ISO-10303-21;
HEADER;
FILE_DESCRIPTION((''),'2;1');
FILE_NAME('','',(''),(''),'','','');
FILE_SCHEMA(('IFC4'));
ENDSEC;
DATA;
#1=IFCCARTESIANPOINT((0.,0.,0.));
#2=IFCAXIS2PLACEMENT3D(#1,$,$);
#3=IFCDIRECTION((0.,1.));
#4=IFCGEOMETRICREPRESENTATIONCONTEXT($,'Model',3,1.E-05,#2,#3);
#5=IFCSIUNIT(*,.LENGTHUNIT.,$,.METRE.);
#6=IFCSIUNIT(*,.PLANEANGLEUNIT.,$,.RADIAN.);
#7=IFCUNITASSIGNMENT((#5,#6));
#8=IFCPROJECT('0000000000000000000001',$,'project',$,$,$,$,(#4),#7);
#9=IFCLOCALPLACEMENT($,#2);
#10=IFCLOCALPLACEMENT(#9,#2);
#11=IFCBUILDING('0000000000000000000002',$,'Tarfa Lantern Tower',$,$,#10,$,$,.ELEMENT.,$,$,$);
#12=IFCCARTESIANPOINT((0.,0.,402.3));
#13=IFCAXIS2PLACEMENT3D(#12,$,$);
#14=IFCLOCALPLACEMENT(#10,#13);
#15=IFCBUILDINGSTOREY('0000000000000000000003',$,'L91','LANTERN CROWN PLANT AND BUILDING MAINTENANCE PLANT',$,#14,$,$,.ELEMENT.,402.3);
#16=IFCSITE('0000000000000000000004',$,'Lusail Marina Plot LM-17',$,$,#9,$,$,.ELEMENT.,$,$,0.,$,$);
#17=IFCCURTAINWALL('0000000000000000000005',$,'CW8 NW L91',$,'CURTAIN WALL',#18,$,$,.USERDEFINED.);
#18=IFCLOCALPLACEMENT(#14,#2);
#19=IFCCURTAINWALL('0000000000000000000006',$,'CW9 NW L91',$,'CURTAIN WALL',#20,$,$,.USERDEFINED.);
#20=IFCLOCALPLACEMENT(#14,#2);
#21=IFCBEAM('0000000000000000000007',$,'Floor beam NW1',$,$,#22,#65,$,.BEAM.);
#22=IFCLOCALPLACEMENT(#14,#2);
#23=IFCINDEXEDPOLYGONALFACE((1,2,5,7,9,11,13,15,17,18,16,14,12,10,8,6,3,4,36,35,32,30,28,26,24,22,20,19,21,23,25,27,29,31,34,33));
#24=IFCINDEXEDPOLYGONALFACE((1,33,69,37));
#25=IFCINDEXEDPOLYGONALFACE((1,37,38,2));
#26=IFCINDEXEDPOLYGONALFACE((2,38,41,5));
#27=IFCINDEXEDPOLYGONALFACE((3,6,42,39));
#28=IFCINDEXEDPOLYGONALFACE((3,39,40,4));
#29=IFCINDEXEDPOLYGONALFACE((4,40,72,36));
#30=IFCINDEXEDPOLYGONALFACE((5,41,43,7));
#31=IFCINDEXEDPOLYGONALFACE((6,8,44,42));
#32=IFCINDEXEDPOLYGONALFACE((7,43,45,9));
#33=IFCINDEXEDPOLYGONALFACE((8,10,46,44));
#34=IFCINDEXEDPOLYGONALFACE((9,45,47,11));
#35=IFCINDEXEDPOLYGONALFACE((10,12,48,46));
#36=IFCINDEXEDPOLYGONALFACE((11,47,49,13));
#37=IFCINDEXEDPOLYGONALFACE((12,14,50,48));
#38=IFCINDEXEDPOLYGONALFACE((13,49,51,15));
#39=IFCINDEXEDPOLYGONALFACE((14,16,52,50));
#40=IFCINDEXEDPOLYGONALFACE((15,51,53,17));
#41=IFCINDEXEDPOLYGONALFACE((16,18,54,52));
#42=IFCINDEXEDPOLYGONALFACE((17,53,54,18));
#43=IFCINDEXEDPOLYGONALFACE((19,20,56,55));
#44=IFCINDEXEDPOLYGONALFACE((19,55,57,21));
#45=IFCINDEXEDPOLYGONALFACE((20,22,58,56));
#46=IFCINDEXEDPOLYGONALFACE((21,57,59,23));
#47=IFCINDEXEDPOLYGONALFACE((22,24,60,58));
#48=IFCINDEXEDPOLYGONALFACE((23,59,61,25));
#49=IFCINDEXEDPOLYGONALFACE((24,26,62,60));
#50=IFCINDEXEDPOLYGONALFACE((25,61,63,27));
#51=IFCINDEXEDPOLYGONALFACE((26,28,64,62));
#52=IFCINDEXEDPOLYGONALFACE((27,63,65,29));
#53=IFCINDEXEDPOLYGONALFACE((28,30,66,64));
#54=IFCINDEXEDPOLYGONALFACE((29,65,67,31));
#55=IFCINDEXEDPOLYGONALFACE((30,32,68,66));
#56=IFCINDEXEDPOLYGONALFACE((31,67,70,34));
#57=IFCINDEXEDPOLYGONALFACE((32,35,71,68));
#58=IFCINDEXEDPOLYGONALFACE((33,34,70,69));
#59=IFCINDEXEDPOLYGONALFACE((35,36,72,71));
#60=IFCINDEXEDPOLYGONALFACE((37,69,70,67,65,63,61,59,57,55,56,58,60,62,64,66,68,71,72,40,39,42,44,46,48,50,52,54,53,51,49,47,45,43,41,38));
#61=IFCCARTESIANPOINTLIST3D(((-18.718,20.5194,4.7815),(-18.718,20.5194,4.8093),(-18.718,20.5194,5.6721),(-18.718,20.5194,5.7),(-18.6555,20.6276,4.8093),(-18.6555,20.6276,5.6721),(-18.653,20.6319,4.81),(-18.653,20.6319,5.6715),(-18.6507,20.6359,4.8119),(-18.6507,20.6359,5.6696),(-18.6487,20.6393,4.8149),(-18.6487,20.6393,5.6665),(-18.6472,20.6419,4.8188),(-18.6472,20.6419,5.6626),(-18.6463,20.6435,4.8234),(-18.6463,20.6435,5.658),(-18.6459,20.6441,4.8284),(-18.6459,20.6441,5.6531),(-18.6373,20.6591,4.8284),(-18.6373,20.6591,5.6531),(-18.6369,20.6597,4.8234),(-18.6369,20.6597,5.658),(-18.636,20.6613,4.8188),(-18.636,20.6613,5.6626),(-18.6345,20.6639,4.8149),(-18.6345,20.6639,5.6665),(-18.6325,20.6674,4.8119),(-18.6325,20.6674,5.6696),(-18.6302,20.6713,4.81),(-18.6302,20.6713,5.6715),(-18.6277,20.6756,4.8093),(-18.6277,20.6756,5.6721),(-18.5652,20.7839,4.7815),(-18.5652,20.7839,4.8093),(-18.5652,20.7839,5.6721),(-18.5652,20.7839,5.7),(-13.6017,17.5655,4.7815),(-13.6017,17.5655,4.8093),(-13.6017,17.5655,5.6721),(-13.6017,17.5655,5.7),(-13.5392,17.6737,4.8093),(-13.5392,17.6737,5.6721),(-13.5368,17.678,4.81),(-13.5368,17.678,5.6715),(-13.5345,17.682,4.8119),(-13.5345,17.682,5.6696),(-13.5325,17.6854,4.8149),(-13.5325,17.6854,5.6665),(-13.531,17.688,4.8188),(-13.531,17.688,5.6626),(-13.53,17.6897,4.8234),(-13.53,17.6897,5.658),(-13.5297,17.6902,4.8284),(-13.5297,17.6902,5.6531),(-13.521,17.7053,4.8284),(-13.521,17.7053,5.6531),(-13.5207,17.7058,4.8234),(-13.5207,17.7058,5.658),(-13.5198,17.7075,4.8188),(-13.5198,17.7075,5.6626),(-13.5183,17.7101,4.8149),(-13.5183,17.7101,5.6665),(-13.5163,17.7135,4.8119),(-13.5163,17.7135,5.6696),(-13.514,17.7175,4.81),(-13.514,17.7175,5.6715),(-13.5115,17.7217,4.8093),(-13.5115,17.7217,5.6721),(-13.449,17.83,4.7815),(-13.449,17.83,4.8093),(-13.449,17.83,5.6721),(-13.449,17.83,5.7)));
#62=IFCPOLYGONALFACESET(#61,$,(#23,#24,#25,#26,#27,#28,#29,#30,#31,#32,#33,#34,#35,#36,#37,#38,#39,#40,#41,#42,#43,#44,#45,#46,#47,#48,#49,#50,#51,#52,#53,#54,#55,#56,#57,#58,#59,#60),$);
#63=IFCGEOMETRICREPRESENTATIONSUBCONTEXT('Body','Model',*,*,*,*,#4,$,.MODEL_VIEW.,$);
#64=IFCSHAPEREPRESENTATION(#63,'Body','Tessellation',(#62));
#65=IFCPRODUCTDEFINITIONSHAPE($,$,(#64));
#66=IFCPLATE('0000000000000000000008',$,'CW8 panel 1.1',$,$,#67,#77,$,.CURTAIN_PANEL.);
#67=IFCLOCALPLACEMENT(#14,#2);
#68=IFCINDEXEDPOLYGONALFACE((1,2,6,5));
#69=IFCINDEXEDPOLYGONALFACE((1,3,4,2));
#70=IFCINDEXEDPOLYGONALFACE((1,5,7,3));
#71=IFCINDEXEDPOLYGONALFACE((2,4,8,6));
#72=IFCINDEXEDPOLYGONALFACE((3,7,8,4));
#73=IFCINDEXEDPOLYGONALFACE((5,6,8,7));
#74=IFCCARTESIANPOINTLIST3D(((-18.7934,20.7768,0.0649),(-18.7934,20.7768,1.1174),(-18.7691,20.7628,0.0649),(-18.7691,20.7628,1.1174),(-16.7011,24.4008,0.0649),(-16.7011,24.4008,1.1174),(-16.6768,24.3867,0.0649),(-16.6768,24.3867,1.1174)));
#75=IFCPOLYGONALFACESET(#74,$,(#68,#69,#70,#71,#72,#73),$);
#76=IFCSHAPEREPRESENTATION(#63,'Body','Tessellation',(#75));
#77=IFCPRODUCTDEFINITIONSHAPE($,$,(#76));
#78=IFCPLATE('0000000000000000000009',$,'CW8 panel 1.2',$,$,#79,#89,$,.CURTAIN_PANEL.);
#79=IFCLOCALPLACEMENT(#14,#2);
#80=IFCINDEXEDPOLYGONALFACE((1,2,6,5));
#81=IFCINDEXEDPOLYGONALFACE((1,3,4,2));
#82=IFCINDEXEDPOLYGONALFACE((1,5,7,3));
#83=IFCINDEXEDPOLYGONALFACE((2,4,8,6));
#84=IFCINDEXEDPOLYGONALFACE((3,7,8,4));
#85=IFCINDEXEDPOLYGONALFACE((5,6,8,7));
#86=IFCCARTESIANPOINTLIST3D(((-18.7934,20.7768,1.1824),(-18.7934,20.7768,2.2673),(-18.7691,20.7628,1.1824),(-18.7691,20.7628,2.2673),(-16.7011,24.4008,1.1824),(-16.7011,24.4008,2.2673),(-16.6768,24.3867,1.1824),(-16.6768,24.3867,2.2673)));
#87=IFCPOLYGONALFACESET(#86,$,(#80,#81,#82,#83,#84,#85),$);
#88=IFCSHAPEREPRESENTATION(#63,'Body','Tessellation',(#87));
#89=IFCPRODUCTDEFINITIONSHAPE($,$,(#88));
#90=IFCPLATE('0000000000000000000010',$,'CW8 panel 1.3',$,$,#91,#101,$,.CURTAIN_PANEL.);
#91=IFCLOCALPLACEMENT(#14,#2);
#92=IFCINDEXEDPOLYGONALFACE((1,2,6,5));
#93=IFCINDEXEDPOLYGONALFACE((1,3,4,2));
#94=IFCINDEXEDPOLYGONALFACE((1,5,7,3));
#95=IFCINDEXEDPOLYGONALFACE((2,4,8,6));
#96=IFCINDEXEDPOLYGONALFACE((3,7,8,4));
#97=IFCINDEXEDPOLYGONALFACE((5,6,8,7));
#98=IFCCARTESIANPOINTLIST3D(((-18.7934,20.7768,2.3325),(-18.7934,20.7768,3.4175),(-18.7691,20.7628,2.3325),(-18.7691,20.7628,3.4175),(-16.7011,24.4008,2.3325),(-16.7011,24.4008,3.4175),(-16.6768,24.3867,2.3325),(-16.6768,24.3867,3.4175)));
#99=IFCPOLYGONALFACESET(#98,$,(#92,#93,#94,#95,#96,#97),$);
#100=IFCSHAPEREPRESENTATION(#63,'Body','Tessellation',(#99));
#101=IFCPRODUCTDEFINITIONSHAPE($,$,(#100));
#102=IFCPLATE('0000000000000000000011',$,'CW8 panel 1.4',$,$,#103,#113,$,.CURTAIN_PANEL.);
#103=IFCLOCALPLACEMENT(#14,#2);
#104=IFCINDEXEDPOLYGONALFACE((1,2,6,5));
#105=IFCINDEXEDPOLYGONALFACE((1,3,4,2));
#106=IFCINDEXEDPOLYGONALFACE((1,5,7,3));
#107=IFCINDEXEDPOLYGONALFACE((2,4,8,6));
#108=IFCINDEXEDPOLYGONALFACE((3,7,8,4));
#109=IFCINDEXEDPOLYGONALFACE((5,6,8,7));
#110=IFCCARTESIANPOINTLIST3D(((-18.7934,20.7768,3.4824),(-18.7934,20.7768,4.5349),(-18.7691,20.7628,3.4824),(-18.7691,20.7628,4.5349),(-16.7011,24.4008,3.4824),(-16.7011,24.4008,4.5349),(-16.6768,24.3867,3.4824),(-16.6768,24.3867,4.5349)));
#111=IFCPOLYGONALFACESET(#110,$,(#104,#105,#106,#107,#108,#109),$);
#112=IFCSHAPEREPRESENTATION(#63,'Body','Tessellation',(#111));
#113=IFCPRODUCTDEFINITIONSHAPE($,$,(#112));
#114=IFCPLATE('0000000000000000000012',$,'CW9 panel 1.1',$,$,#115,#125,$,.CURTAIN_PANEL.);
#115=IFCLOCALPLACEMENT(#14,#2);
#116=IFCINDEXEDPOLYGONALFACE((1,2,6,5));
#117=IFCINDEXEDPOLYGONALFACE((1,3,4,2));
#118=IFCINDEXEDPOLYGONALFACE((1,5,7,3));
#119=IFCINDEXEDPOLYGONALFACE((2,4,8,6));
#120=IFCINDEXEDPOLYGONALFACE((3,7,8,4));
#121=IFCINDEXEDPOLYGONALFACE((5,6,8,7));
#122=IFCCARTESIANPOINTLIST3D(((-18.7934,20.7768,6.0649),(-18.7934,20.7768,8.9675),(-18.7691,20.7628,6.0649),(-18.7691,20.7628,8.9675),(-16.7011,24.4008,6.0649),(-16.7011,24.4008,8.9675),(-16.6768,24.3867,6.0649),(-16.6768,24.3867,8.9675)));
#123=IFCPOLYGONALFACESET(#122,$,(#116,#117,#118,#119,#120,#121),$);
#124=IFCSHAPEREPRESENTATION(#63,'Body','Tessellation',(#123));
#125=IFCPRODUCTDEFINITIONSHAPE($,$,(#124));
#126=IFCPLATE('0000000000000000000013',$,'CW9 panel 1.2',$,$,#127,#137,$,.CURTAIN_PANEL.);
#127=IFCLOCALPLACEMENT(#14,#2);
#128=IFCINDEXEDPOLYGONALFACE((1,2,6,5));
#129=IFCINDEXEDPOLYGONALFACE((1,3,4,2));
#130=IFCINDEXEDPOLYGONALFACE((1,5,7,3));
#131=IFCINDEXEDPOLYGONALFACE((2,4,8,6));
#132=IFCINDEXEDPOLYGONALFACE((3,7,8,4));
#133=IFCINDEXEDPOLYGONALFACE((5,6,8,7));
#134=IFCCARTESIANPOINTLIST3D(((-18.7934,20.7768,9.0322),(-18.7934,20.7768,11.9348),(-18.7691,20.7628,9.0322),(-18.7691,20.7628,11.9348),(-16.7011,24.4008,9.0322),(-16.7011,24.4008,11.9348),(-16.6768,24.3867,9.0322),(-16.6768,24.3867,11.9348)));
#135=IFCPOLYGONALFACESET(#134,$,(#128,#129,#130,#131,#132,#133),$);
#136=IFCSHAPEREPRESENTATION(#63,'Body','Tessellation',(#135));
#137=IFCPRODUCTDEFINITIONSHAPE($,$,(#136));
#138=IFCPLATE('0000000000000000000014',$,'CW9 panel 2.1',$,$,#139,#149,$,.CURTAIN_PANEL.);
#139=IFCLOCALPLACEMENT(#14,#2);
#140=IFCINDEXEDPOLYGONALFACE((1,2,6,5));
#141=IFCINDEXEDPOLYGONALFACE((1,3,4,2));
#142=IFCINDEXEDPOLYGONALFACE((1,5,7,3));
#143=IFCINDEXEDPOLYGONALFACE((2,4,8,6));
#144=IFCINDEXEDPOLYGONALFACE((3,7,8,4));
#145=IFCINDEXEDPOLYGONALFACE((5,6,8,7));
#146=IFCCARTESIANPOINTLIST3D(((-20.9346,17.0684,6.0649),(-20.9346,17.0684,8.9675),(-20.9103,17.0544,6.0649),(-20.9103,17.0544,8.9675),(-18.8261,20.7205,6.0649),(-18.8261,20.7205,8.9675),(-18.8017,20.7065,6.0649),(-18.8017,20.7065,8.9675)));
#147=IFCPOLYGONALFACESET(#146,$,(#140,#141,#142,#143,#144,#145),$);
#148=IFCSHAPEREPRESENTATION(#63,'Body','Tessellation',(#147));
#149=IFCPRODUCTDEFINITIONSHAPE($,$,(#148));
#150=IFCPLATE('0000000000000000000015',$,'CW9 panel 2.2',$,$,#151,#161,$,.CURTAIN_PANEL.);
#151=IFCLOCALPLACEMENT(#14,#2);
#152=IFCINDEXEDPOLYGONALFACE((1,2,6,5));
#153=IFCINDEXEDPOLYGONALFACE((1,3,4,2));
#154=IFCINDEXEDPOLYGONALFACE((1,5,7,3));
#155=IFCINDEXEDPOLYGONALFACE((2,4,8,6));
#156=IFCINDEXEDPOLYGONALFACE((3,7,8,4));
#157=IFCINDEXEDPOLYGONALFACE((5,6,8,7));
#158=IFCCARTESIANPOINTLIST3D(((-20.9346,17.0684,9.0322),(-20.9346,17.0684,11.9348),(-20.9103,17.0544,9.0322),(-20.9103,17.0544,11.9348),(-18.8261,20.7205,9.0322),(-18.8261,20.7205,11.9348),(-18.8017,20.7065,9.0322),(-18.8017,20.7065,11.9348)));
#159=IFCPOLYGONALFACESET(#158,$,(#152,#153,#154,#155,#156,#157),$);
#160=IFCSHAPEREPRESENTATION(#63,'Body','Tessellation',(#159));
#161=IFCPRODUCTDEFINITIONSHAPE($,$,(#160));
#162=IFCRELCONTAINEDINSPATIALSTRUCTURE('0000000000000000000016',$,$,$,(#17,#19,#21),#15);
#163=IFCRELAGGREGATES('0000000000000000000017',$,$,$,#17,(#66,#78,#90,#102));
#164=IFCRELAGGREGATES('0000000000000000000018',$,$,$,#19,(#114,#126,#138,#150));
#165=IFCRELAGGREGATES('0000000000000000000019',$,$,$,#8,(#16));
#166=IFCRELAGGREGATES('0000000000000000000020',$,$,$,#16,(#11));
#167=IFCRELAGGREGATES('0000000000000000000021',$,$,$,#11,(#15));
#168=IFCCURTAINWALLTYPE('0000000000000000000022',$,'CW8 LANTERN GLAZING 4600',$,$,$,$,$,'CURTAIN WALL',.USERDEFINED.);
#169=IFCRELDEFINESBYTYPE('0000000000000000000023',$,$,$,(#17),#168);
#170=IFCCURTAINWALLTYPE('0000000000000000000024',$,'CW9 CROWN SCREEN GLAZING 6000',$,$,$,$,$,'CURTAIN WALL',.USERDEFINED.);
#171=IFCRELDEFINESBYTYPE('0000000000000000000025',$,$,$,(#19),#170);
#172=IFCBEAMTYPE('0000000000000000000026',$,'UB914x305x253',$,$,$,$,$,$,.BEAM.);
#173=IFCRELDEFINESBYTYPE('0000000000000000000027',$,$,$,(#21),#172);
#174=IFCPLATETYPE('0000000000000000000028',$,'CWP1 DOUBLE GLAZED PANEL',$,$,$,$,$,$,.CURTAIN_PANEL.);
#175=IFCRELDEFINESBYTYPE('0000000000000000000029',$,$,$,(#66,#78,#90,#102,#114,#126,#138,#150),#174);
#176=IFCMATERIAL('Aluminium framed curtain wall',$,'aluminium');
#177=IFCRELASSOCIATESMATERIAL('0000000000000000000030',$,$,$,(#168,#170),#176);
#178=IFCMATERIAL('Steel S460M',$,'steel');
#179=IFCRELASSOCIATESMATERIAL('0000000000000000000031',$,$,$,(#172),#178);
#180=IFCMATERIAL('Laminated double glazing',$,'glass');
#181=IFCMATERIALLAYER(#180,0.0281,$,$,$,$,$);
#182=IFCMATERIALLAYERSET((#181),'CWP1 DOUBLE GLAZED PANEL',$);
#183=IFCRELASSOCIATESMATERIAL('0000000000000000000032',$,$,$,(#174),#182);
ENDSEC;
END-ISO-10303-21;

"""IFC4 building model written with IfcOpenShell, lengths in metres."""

from ifc_helpers import new_model, si_unit, direction, frame, origin, origin_2d, place, context, subcontext, project, spatial, rectangle, i_section, extrude, material, layer, layer_set, material_profile, profile_set, type_object, element, aggregate, save


model = new_model("IFC4")

# Units and contexts
model_context = context("Model", 3, precision=1e-05, world=origin(), true_north=direction((0.0, 1.0)))
body_context = subcontext(model_context, "Body", "Model", "MODEL_VIEW")
ifc_project = project(units=[si_unit("LENGTHUNIT", "METRE"), si_unit("PLANEANGLEUNIT", "RADIAN")], contexts=[model_context])

# Site, building, storey
site_placement = place(None, origin())
site = spatial("IfcSite", under=ifc_project, at=site_placement, Name="Lusail Marina Plot LM-17", CompositionType="ELEMENT", RefElevation=0.0)
building_placement = place(site_placement, origin())
building = spatial("IfcBuilding", under=site, at=building_placement, Name="Tarfa Lantern Tower", CompositionType="ELEMENT")
storey_placement = place(building_placement, frame((0.0, 0.0, 402.3)))
storey = spatial("IfcBuildingStorey", under=building, at=storey_placement, Name="L91", Description="LANTERN CROWN PLANT AND BUILDING MAINTENANCE PLANT", CompositionType="ELEMENT", Elevation=402.3)

# Curtain walls
ifc_material_1 = material(Name="Aluminium framed curtain wall", Category="aluminium")
curtain_wall_type_1 = type_object("IfcCurtainWallType", Name="CW8 LANTERN GLAZING 4600", ElementType="CURTAIN WALL", PredefinedType="USERDEFINED", material=ifc_material_1)
curtain_wall_1_placement = place(storey_placement, origin())
curtain_wall_1 = element("IfcCurtainWall", 1, at=curtain_wall_1_placement, inside=storey, type_object=curtain_wall_type_1, Name="CW8 NW L91", ObjectType="CURTAIN WALL", PredefinedType="USERDEFINED")
curtain_wall_type_2 = type_object("IfcCurtainWallType", Name="CW9 CROWN SCREEN GLAZING 6000", ElementType="CURTAIN WALL", PredefinedType="USERDEFINED", material=ifc_material_1)
curtain_wall_2_placement = place(storey_placement, origin())
curtain_wall_2 = element("IfcCurtainWall", 2, at=curtain_wall_2_placement, inside=storey, type_object=curtain_wall_type_2, Name="CW9 NW L91", ObjectType="CURTAIN WALL", PredefinedType="USERDEFINED")

# Beam
ifc_material_2 = material(Name="Steel S460M", Category="steel")
ifc_material_profile_1 = material_profile(ifc_material_2, i_section(OverallWidth=0.3054, OverallDepth=0.9185, WebThickness=0.0173, FlangeThickness=0.0278, FilletRadius=0.019, at=origin_2d()), Name="UB914x305x253")
ifc_profile_set_1 = profile_set([ifc_material_profile_1], Name="Steel S460M")
beam_type_1 = type_object("IfcBeamType", Name="UB914x305x253", PredefinedType="BEAM", material=ifc_profile_set_1)
beam_1_placement = place(storey_placement, frame((-18.6416, 20.6516, 5.2407), z_axis=(0.866025, -0.500001, 0.0), x_axis=(0.500001, 0.866025, 0.0)))
element("IfcBeam", 3, at=beam_1_placement, inside=storey, type_object=beam_type_1, Name="Floor beam NW1", PredefinedType="BEAM", context=body_context, shape_type="SweptSolid", body=[
    extrude(i_section(OverallWidth=0.3054, OverallDepth=0.9185, WebThickness=0.0173, FlangeThickness=0.0278, FilletRadius=0.019, at=origin_2d()), origin(), (0.0, 0.0, 1.0), 5.9077),
])

# Plates
ifc_material_3 = material(Name="Laminated double glazing", Category="glass")
ifc_layer = layer(ifc_material_3, 0.0281)
ifc_layer_set = layer_set([ifc_layer], Name="CWP1 DOUBLE GLAZED PANEL")
plate_type = type_object("IfcPlateType", Name="CWP1 DOUBLE GLAZED PANEL", PredefinedType="CURTAIN_PANEL", material=ifc_layer_set)
plate_1_placement = place(storey_placement, frame((-17.7351, 22.5818, 0.0649), z_axis=(0.0, 0.0, 1.0), x_axis=(-0.5, -0.866025, 0.0)))
plate_1 = element("IfcPlate", 4, at=plate_1_placement, type_object=plate_type, Name="CW8 panel 1.1", PredefinedType="CURTAIN_PANEL", context=body_context, shape_type="SweptSolid", body=[
    extrude(rectangle(XDim=4.1846, YDim=0.0281, at=origin_2d()), origin(), (0.0, 0.0, 1.0), 1.0525),
])
plate_2_placement = place(storey_placement, frame((-17.7351, 22.5818, 1.1824), z_axis=(0.0, 0.0, 1.0), x_axis=(-0.5, -0.866025, 0.0)))
plate_2 = element("IfcPlate", 5, at=plate_2_placement, type_object=plate_type, Name="CW8 panel 1.2", PredefinedType="CURTAIN_PANEL", context=body_context, shape_type="SweptSolid", body=[
    extrude(rectangle(XDim=4.1846, YDim=0.0281, at=origin_2d()), origin(), (0.0, 0.0, 1.0), 1.085),
])
plate_3_placement = place(storey_placement, frame((-17.7351, 22.5818, 2.3325), z_axis=(0.0, 0.0, 1.0), x_axis=(-0.5, -0.866025, 0.0)))
plate_3 = element("IfcPlate", 6, at=plate_3_placement, type_object=plate_type, Name="CW8 panel 1.3", PredefinedType="CURTAIN_PANEL", context=body_context, shape_type="SweptSolid", body=[
    extrude(rectangle(XDim=4.1846, YDim=0.0281, at=origin_2d()), origin(), (0.0, 0.0, 1.0), 1.085),
])
plate_4_placement = place(storey_placement, frame((-17.7351, 22.5818, 3.4824), z_axis=(0.0, 0.0, 1.0), x_axis=(-0.5, -0.866025, 0.0)))
plate_4 = element("IfcPlate", 7, at=plate_4_placement, type_object=plate_type, Name="CW8 panel 1.4", PredefinedType="CURTAIN_PANEL", context=body_context, shape_type="SweptSolid", body=[
    extrude(rectangle(XDim=4.1846, YDim=0.0281, at=origin_2d()), origin(), (0.0, 0.0, 1.0), 1.0525),
])
aggregate(curtain_wall_1, [plate_1, plate_2, plate_3, plate_4])
plate_5_placement = place(storey_placement, frame((-17.7351, 22.5818, 6.0649), z_axis=(0.0, 0.0, 1.0), x_axis=(-0.5, -0.866025, 0.0)))
plate_5 = element("IfcPlate", 8, at=plate_5_placement, type_object=plate_type, Name="CW9 panel 1.1", PredefinedType="CURTAIN_PANEL", context=body_context, shape_type="SweptSolid", body=[
    extrude(rectangle(XDim=4.1846, YDim=0.0281, at=origin_2d()), origin(), (0.0, 0.0, 1.0), 2.9026),
])
plate_6_placement = place(storey_placement, frame((-17.7351, 22.5818, 9.0322), z_axis=(0.0, 0.0, 1.0), x_axis=(-0.5, -0.866025, 0.0)))
plate_6 = element("IfcPlate", 9, at=plate_6_placement, type_object=plate_type, Name="CW9 panel 1.2", PredefinedType="CURTAIN_PANEL", context=body_context, shape_type="SweptSolid", body=[
    extrude(rectangle(XDim=4.1846, YDim=0.0281, at=origin_2d()), origin(), (0.0, 0.0, 1.0), 2.9026),
])
plate_7_placement = place(storey_placement, frame((-19.8682, 18.8875, 6.0649), z_axis=(0.0, 0.0, 1.0), x_axis=(-0.5, -0.866025, 0.0)))
plate_7 = element("IfcPlate", 10, at=plate_7_placement, type_object=plate_type, Name="CW9 panel 2.1", PredefinedType="CURTAIN_PANEL", context=body_context, shape_type="SweptSolid", body=[
    extrude(rectangle(XDim=4.217, YDim=0.0281, at=origin_2d()), origin(), (0.0, 0.0, 1.0), 2.9026),
])
plate_8_placement = place(storey_placement, frame((-19.8682, 18.8875, 9.0322), z_axis=(0.0, 0.0, 1.0), x_axis=(-0.5, -0.866025, 0.0)))
plate_8 = element("IfcPlate", 11, at=plate_8_placement, type_object=plate_type, Name="CW9 panel 2.2", PredefinedType="CURTAIN_PANEL", context=body_context, shape_type="SweptSolid", body=[
    extrude(rectangle(XDim=4.217, YDim=0.0281, at=origin_2d()), origin(), (0.0, 0.0, 1.0), 2.9026),
])
aggregate(curtain_wall_2, [plate_5, plate_6, plate_7, plate_8])

save(model, "model.ifc")
